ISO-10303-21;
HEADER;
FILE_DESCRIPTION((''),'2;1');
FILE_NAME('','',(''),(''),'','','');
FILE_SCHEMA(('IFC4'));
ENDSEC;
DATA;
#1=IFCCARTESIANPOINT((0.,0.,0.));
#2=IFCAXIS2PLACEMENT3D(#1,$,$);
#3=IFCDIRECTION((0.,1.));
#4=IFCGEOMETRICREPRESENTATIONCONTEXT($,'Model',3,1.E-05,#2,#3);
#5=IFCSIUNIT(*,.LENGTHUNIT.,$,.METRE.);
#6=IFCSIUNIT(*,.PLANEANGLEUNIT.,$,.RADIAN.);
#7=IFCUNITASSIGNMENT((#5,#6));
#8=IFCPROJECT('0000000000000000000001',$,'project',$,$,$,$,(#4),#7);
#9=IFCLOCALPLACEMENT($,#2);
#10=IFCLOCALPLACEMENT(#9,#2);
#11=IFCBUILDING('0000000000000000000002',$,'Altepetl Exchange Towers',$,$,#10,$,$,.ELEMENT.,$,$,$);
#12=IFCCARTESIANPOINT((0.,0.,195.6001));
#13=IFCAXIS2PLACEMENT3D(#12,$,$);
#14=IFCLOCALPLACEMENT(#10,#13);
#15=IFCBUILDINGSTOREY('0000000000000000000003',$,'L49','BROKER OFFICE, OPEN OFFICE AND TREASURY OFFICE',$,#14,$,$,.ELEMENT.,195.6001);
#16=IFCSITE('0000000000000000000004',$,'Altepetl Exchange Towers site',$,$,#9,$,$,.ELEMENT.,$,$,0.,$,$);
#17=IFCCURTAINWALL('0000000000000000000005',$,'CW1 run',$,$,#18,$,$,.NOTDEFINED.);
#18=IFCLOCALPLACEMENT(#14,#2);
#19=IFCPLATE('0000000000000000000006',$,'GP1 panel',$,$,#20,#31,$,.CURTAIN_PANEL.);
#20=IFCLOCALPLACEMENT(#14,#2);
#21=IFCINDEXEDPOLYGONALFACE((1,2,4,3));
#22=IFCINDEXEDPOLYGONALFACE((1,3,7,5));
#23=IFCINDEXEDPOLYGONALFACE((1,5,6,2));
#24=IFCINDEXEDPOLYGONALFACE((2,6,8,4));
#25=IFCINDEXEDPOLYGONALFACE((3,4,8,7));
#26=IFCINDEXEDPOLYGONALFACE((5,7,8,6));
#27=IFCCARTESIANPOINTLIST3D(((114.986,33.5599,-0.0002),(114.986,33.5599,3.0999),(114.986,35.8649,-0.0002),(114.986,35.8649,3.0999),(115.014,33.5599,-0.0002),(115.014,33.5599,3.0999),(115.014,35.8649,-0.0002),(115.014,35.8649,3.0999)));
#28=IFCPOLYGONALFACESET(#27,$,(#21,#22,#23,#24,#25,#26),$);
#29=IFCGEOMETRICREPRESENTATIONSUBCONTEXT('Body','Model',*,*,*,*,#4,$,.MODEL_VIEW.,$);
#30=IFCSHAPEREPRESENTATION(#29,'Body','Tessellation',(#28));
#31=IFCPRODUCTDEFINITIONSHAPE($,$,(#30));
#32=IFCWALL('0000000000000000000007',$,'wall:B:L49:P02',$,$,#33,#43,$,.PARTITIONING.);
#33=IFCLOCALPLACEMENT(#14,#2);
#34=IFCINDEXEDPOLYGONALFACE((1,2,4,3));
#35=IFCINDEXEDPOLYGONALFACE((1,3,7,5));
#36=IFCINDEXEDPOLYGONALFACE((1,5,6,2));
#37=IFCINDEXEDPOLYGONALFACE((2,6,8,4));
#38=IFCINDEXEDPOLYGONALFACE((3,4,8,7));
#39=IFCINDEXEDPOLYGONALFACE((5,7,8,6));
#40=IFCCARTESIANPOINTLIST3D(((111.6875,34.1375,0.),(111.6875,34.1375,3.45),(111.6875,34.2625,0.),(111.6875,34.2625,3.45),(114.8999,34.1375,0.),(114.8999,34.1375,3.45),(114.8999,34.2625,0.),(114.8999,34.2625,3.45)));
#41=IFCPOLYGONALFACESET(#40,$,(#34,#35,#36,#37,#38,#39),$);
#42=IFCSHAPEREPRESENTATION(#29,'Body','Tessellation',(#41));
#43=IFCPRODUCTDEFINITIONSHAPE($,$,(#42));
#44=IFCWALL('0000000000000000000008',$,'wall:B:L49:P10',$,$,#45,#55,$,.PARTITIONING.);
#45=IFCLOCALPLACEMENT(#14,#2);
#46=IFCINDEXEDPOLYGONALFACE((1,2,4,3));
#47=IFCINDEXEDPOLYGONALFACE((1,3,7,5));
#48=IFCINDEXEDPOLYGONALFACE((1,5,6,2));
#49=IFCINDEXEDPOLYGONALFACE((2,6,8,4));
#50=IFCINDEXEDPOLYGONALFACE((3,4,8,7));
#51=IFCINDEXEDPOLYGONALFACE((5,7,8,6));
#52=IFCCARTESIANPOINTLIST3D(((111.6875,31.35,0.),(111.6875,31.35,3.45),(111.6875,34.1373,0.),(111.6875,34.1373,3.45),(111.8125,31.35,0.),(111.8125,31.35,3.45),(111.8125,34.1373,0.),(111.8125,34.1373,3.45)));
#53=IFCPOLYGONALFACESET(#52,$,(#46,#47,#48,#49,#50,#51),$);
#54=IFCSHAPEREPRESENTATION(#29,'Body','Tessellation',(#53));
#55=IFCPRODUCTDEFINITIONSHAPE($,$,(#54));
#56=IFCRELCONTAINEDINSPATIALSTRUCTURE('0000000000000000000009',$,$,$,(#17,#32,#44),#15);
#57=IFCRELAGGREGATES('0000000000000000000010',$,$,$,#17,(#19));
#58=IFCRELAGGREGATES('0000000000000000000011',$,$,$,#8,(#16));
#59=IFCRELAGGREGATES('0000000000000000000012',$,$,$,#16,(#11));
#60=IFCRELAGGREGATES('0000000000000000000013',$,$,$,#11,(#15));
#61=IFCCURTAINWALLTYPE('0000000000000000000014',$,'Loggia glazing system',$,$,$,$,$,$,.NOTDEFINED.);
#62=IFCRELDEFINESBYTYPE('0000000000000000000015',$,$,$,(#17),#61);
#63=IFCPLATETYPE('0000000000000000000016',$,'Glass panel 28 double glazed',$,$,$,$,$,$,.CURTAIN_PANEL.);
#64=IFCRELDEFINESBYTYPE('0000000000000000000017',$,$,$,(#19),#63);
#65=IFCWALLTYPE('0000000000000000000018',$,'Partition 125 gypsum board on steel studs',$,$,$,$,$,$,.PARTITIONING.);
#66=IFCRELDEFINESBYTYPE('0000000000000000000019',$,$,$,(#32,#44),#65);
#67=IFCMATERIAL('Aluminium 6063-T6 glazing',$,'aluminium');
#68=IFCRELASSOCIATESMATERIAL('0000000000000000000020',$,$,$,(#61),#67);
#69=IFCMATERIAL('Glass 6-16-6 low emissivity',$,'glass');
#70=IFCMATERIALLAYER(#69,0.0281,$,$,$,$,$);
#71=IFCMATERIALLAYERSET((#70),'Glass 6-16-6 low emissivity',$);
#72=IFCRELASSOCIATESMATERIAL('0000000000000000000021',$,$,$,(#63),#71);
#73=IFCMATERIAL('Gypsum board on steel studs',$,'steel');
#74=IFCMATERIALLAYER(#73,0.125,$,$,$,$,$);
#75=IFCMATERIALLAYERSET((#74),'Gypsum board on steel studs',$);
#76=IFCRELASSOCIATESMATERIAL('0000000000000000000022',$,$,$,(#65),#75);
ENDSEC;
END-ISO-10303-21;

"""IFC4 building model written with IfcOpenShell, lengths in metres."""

from ifc_helpers import new_model, si_unit, direction, frame, frame_2d, origin, origin_2d, place, context, subcontext, project, spatial, rectangle, extrude, material, layer, layer_set, type_object, element, aggregate, save


model = new_model("IFC4")

# Units and contexts
model_context = context("Model", 3, precision=1e-05, world=origin(), true_north=direction((0.0, 1.0)))
body_context = subcontext(model_context, "Body", "Model", "MODEL_VIEW")
ifc_project = project(units=[si_unit("LENGTHUNIT", "METRE"), si_unit("PLANEANGLEUNIT", "RADIAN")], contexts=[model_context])

# Site, building, storey
site_placement = place(None, origin())
site = spatial("IfcSite", under=ifc_project, at=site_placement, Name="Altepetl Exchange Towers site", CompositionType="ELEMENT", RefElevation=0.0)
building_placement = place(site_placement, origin())
building = spatial("IfcBuilding", under=site, at=building_placement, Name="Altepetl Exchange Towers", CompositionType="ELEMENT")
storey_placement = place(building_placement, frame((0.0, 0.0, 195.6001)))
storey = spatial("IfcBuildingStorey", under=building, at=storey_placement, Name="L49", Description="BROKER OFFICE, OPEN OFFICE AND TREASURY OFFICE", CompositionType="ELEMENT", Elevation=195.6001)

# Shared definitions
ifc_material_1 = material(Name="Aluminium 6063-T6 glazing", Category="aluminium")
curtain_wall_type = type_object("IfcCurtainWallType", Name="Loggia glazing system", PredefinedType="NOTDEFINED", material=ifc_material_1)

# Curtain wall
curtain_wall_1_placement = place(storey_placement, origin())
curtain_wall_1 = element("IfcCurtainWall", 1, at=curtain_wall_1_placement, inside=storey, type_object=curtain_wall_type, Name="CW1 run", PredefinedType="NOTDEFINED")

# Plate
ifc_material_2 = material(Name="Glass 6-16-6 low emissivity", Category="glass")
ifc_layer_1 = layer(ifc_material_2, 0.0281)
ifc_layer_set_1 = layer_set([ifc_layer_1], Name="Glass 6-16-6 low emissivity")
plate_type = type_object("IfcPlateType", Name="Glass panel 28 double glazed", PredefinedType="CURTAIN_PANEL", material=ifc_layer_set_1)
plate_1_placement = place(storey_placement, frame((115.0, 34.7124, -0.0002), z_axis=(0.0, 0.0, 1.0), x_axis=(0.0, 1.0, 0.0)))
plate_1 = element("IfcPlate", 2, at=plate_1_placement, type_object=plate_type, Name="GP1 panel", PredefinedType="CURTAIN_PANEL", context=body_context, shape_type="SweptSolid", body=[
    extrude(rectangle(XDim=2.3049, YDim=0.0281, at=origin_2d()), origin(), (0.0, 0.0, 1.0), 3.1001),
])
aggregate(curtain_wall_1, [plate_1])

# Walls
ifc_material_3 = material(Name="Gypsum board on steel studs", Category="steel")
ifc_layer_2 = layer(ifc_material_3, 0.125)
ifc_layer_set_2 = layer_set([ifc_layer_2], Name="Gypsum board on steel studs")
wall_type = type_object("IfcWallType", Name="Partition 125 gypsum board on steel studs", PredefinedType="PARTITIONING", material=ifc_layer_set_2)
wall_1_placement = place(storey_placement, frame((111.6875, 34.2, 0.0)))
element("IfcWall", 3, at=wall_1_placement, inside=storey, type_object=wall_type, Name="wall:B:L49:P02", PredefinedType="PARTITIONING", context=body_context, shape_type="SweptSolid", body=[
    extrude(rectangle(XDim=3.2124, YDim=0.125, at=frame_2d((1.6062, 0.0))), origin(), (0.0, 0.0, 1.0), 3.45),
])
wall_2_placement = place(storey_placement, frame((111.75, 31.3501, 0.0), z_axis=(0.0, 0.0, 1.0), x_axis=(0.0, 1.0, 0.0)))
element("IfcWall", 4, at=wall_2_placement, inside=storey, type_object=wall_type, Name="wall:B:L49:P10", PredefinedType="PARTITIONING", context=body_context, shape_type="SweptSolid", body=[
    extrude(rectangle(XDim=2.7874, YDim=0.125, at=frame_2d((1.3936, 0.0))), origin(), (0.0, 0.0, 1.0), 3.45),
])

save(model, "model.ifc")
